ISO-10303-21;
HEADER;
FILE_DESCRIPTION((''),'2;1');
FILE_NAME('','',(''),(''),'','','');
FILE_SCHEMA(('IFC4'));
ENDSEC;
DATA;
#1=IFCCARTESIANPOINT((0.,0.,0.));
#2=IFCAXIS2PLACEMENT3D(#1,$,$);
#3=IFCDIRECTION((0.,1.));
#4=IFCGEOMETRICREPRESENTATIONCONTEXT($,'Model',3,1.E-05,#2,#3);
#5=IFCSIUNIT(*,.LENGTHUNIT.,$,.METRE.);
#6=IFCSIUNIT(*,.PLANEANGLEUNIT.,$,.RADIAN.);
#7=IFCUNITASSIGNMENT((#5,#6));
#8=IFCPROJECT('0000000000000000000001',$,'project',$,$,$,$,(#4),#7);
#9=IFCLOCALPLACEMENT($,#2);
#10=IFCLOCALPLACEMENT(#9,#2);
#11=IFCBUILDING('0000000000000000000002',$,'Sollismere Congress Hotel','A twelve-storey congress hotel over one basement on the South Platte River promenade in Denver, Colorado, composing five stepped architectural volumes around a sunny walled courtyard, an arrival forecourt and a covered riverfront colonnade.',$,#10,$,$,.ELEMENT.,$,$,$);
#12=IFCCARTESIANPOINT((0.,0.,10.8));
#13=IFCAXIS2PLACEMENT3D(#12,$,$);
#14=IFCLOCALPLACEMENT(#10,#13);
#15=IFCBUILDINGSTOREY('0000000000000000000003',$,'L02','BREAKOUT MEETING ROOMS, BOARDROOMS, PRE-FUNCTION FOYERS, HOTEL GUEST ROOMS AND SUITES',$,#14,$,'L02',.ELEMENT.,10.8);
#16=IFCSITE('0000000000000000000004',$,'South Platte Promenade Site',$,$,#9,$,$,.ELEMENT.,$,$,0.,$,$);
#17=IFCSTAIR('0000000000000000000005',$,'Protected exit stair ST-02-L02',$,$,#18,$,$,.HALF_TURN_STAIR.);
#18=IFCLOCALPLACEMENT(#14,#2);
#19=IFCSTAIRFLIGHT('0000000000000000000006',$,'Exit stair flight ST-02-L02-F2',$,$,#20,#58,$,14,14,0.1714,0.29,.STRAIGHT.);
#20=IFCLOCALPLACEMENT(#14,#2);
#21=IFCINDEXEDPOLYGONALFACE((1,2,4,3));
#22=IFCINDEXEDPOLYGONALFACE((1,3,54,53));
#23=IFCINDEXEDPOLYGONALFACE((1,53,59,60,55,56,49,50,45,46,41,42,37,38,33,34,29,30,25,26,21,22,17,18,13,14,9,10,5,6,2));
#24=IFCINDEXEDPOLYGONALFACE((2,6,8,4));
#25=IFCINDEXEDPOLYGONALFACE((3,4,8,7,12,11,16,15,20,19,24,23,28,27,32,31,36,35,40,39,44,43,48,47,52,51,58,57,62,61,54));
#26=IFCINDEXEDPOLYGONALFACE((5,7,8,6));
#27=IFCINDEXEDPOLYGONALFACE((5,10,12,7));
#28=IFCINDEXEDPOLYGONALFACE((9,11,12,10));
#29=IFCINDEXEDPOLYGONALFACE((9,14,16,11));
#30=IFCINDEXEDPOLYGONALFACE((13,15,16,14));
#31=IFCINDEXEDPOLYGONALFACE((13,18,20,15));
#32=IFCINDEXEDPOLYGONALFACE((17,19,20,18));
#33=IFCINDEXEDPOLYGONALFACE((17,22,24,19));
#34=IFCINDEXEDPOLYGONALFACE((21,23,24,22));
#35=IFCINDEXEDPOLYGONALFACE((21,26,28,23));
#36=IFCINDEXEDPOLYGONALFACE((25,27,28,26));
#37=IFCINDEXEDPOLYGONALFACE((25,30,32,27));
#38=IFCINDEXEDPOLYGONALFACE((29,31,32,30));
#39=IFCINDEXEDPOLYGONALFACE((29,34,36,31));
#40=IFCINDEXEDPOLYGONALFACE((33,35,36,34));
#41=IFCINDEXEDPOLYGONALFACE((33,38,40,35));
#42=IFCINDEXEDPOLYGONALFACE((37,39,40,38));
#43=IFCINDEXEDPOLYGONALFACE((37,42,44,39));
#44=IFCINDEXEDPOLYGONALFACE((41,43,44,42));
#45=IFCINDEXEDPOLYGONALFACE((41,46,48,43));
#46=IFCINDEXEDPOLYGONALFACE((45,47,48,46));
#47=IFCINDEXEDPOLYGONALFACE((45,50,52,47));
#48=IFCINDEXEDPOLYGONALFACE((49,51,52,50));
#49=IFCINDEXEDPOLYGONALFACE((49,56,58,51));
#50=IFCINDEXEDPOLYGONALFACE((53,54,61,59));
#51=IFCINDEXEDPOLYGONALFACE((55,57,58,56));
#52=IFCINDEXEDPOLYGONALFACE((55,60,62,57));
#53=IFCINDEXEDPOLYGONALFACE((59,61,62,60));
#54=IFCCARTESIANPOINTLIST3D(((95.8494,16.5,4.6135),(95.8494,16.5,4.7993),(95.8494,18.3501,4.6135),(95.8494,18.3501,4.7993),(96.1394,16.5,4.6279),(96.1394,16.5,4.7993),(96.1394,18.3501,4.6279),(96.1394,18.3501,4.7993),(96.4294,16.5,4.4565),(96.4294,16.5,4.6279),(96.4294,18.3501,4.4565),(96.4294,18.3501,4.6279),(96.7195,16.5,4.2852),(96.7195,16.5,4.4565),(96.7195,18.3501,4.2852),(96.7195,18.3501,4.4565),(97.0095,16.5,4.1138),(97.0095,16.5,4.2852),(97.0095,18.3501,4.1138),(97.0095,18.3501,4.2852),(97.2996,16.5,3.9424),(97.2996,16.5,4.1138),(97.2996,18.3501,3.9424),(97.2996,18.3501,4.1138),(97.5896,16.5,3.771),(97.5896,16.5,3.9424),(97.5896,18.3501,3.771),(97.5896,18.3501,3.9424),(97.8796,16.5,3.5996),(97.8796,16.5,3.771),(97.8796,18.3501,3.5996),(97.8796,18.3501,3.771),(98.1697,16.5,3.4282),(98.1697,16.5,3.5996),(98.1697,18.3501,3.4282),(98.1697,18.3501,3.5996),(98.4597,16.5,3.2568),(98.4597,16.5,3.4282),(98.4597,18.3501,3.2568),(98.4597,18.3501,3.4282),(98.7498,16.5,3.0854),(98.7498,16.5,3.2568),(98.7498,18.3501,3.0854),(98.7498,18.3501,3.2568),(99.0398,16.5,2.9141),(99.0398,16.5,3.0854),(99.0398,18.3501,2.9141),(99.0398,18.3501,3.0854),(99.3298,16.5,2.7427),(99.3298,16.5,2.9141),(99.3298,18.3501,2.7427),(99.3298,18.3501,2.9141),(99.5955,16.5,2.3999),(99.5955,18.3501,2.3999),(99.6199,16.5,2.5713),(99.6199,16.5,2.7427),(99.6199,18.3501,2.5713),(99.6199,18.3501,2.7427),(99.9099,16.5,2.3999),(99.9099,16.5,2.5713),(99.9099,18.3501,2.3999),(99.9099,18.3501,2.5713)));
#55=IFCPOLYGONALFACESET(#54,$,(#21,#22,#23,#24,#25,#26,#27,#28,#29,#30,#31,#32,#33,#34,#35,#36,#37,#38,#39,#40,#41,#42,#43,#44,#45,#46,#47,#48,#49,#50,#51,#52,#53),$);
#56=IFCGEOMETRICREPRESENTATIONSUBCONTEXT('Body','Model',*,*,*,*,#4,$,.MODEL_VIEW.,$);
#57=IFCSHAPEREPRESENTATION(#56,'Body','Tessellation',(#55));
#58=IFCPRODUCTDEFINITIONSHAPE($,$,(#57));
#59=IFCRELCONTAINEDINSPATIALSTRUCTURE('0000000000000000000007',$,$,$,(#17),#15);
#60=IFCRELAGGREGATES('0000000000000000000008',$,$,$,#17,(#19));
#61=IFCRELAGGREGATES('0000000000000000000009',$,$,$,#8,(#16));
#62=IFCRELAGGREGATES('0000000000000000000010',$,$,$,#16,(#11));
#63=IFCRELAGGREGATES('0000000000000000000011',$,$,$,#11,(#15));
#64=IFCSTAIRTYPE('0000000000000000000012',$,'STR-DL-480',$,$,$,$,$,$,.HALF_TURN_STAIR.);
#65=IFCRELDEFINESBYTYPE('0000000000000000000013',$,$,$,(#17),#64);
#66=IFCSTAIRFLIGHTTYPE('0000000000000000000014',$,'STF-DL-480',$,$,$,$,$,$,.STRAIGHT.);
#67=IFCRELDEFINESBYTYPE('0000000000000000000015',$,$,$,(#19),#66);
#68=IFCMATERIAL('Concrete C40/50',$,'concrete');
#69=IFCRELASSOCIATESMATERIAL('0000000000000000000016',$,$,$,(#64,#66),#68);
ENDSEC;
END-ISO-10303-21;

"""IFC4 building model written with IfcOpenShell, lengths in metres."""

from ifc_helpers import new_model, si_unit, direction, frame, origin, place, context, subcontext, project, spatial, polyline, outline, extrude, material, type_object, element, aggregate, save


model = new_model("IFC4")

# Units and contexts
model_context = context("Model", 3, precision=1e-05, world=origin(), true_north=direction((0.0, 1.0)))
body_context = subcontext(model_context, "Body", "Model", "MODEL_VIEW")
ifc_project = project(units=[si_unit("LENGTHUNIT", "METRE"), si_unit("PLANEANGLEUNIT", "RADIAN")], contexts=[model_context])

# Site, building, storey
site_placement = place(None, origin())
site = spatial("IfcSite", under=ifc_project, at=site_placement, Name="South Platte Promenade Site", CompositionType="ELEMENT", RefElevation=0.0)
building_placement = place(site_placement, origin())
building = spatial("IfcBuilding", under=site, at=building_placement, Name="Sollismere Congress Hotel", Description="A twelve-storey congress hotel over one basement on the South Platte River promenade in Denver, Colorado, composing five stepped architectural volumes around a sunny walled courtyard, an arrival forecourt and a covered riverfront colonnade.", CompositionType="ELEMENT")
storey_placement = place(building_placement, frame((0.0, 0.0, 10.8)))
storey = spatial("IfcBuildingStorey", under=building, at=storey_placement, Name="L02", Description="BREAKOUT MEETING ROOMS, BOARDROOMS, PRE-FUNCTION FOYERS, HOTEL GUEST ROOMS AND SUITES", LongName="L02", CompositionType="ELEMENT", Elevation=10.8)

# Stair, stair flight
ifc_material_1 = material(Name="Concrete C40/50", Category="concrete")
stair_type = type_object("IfcStairType", Name="STR-DL-480", PredefinedType="HALF_TURN_STAIR", material=ifc_material_1)
stair_placement = place(storey_placement, origin())
stair = element("IfcStair", 1, at=stair_placement, inside=storey, type_object=stair_type, Name="Protected exit stair ST-02-L02", PredefinedType="HALF_TURN_STAIR")
stair_flight_type = type_object("IfcStairFlightType", Name="STF-DL-480", PredefinedType="STRAIGHT", material=ifc_material_1)
stair_flight_1_placement = place(storey_placement, frame((99.9099, 17.425, 2.3999), z_axis=(0.0, 0.0, 1.0), x_axis=(-1.0, 0.0, 0.0)))
stair_flight_1 = element("IfcStairFlight", 2, at=stair_flight_1_placement, type_object=stair_flight_type, Name="Exit stair flight ST-02-L02-F2", NumberOfRisers=14, NumberOfTreads=14, PredefinedType="STRAIGHT", RiserHeight=0.1714, TreadLength=0.29, context=body_context, shape_type="SweptSolid", body=[
    extrude(outline(polyline([(0.0, 0.0), (0.0, 0.1714), (0.29, 0.1714), (0.29, 0.3428), (0.5801, 0.3428), (0.5801, 0.5142), (0.8701, 0.5142), (0.8701, 0.6855), (1.1602, 0.6855), (1.1602, 0.8569), (1.4502, 0.8569), (1.4502, 1.0283), (1.7402, 1.0283), (1.7402, 1.1997), (2.0303, 1.1997), (2.0303, 1.3711), (2.3203, 1.3711), (2.3203, 1.5425), (2.6104, 1.5425), (2.6104, 1.7139), (2.9004, 1.7139), (2.9004, 1.8853), (3.1904, 1.8853), (3.1904, 2.0566), (3.4805, 2.0566), (3.4805, 2.228), (3.7705, 2.228), (3.7705, 2.3994), (4.0605, 2.3994), (4.0605, 2.2136), (0.3145, 0.0), (0.0, 0.0)])), frame((0.0, 0.925, 0.0), z_axis=(0.0, -1.0, 0.0), x_axis=(1.0, 0.0, 0.0)), (0.0, 0.0, 1.0), 1.8501),
])
aggregate(stair, [stair_flight_1])

save(model, "model.ifc")
